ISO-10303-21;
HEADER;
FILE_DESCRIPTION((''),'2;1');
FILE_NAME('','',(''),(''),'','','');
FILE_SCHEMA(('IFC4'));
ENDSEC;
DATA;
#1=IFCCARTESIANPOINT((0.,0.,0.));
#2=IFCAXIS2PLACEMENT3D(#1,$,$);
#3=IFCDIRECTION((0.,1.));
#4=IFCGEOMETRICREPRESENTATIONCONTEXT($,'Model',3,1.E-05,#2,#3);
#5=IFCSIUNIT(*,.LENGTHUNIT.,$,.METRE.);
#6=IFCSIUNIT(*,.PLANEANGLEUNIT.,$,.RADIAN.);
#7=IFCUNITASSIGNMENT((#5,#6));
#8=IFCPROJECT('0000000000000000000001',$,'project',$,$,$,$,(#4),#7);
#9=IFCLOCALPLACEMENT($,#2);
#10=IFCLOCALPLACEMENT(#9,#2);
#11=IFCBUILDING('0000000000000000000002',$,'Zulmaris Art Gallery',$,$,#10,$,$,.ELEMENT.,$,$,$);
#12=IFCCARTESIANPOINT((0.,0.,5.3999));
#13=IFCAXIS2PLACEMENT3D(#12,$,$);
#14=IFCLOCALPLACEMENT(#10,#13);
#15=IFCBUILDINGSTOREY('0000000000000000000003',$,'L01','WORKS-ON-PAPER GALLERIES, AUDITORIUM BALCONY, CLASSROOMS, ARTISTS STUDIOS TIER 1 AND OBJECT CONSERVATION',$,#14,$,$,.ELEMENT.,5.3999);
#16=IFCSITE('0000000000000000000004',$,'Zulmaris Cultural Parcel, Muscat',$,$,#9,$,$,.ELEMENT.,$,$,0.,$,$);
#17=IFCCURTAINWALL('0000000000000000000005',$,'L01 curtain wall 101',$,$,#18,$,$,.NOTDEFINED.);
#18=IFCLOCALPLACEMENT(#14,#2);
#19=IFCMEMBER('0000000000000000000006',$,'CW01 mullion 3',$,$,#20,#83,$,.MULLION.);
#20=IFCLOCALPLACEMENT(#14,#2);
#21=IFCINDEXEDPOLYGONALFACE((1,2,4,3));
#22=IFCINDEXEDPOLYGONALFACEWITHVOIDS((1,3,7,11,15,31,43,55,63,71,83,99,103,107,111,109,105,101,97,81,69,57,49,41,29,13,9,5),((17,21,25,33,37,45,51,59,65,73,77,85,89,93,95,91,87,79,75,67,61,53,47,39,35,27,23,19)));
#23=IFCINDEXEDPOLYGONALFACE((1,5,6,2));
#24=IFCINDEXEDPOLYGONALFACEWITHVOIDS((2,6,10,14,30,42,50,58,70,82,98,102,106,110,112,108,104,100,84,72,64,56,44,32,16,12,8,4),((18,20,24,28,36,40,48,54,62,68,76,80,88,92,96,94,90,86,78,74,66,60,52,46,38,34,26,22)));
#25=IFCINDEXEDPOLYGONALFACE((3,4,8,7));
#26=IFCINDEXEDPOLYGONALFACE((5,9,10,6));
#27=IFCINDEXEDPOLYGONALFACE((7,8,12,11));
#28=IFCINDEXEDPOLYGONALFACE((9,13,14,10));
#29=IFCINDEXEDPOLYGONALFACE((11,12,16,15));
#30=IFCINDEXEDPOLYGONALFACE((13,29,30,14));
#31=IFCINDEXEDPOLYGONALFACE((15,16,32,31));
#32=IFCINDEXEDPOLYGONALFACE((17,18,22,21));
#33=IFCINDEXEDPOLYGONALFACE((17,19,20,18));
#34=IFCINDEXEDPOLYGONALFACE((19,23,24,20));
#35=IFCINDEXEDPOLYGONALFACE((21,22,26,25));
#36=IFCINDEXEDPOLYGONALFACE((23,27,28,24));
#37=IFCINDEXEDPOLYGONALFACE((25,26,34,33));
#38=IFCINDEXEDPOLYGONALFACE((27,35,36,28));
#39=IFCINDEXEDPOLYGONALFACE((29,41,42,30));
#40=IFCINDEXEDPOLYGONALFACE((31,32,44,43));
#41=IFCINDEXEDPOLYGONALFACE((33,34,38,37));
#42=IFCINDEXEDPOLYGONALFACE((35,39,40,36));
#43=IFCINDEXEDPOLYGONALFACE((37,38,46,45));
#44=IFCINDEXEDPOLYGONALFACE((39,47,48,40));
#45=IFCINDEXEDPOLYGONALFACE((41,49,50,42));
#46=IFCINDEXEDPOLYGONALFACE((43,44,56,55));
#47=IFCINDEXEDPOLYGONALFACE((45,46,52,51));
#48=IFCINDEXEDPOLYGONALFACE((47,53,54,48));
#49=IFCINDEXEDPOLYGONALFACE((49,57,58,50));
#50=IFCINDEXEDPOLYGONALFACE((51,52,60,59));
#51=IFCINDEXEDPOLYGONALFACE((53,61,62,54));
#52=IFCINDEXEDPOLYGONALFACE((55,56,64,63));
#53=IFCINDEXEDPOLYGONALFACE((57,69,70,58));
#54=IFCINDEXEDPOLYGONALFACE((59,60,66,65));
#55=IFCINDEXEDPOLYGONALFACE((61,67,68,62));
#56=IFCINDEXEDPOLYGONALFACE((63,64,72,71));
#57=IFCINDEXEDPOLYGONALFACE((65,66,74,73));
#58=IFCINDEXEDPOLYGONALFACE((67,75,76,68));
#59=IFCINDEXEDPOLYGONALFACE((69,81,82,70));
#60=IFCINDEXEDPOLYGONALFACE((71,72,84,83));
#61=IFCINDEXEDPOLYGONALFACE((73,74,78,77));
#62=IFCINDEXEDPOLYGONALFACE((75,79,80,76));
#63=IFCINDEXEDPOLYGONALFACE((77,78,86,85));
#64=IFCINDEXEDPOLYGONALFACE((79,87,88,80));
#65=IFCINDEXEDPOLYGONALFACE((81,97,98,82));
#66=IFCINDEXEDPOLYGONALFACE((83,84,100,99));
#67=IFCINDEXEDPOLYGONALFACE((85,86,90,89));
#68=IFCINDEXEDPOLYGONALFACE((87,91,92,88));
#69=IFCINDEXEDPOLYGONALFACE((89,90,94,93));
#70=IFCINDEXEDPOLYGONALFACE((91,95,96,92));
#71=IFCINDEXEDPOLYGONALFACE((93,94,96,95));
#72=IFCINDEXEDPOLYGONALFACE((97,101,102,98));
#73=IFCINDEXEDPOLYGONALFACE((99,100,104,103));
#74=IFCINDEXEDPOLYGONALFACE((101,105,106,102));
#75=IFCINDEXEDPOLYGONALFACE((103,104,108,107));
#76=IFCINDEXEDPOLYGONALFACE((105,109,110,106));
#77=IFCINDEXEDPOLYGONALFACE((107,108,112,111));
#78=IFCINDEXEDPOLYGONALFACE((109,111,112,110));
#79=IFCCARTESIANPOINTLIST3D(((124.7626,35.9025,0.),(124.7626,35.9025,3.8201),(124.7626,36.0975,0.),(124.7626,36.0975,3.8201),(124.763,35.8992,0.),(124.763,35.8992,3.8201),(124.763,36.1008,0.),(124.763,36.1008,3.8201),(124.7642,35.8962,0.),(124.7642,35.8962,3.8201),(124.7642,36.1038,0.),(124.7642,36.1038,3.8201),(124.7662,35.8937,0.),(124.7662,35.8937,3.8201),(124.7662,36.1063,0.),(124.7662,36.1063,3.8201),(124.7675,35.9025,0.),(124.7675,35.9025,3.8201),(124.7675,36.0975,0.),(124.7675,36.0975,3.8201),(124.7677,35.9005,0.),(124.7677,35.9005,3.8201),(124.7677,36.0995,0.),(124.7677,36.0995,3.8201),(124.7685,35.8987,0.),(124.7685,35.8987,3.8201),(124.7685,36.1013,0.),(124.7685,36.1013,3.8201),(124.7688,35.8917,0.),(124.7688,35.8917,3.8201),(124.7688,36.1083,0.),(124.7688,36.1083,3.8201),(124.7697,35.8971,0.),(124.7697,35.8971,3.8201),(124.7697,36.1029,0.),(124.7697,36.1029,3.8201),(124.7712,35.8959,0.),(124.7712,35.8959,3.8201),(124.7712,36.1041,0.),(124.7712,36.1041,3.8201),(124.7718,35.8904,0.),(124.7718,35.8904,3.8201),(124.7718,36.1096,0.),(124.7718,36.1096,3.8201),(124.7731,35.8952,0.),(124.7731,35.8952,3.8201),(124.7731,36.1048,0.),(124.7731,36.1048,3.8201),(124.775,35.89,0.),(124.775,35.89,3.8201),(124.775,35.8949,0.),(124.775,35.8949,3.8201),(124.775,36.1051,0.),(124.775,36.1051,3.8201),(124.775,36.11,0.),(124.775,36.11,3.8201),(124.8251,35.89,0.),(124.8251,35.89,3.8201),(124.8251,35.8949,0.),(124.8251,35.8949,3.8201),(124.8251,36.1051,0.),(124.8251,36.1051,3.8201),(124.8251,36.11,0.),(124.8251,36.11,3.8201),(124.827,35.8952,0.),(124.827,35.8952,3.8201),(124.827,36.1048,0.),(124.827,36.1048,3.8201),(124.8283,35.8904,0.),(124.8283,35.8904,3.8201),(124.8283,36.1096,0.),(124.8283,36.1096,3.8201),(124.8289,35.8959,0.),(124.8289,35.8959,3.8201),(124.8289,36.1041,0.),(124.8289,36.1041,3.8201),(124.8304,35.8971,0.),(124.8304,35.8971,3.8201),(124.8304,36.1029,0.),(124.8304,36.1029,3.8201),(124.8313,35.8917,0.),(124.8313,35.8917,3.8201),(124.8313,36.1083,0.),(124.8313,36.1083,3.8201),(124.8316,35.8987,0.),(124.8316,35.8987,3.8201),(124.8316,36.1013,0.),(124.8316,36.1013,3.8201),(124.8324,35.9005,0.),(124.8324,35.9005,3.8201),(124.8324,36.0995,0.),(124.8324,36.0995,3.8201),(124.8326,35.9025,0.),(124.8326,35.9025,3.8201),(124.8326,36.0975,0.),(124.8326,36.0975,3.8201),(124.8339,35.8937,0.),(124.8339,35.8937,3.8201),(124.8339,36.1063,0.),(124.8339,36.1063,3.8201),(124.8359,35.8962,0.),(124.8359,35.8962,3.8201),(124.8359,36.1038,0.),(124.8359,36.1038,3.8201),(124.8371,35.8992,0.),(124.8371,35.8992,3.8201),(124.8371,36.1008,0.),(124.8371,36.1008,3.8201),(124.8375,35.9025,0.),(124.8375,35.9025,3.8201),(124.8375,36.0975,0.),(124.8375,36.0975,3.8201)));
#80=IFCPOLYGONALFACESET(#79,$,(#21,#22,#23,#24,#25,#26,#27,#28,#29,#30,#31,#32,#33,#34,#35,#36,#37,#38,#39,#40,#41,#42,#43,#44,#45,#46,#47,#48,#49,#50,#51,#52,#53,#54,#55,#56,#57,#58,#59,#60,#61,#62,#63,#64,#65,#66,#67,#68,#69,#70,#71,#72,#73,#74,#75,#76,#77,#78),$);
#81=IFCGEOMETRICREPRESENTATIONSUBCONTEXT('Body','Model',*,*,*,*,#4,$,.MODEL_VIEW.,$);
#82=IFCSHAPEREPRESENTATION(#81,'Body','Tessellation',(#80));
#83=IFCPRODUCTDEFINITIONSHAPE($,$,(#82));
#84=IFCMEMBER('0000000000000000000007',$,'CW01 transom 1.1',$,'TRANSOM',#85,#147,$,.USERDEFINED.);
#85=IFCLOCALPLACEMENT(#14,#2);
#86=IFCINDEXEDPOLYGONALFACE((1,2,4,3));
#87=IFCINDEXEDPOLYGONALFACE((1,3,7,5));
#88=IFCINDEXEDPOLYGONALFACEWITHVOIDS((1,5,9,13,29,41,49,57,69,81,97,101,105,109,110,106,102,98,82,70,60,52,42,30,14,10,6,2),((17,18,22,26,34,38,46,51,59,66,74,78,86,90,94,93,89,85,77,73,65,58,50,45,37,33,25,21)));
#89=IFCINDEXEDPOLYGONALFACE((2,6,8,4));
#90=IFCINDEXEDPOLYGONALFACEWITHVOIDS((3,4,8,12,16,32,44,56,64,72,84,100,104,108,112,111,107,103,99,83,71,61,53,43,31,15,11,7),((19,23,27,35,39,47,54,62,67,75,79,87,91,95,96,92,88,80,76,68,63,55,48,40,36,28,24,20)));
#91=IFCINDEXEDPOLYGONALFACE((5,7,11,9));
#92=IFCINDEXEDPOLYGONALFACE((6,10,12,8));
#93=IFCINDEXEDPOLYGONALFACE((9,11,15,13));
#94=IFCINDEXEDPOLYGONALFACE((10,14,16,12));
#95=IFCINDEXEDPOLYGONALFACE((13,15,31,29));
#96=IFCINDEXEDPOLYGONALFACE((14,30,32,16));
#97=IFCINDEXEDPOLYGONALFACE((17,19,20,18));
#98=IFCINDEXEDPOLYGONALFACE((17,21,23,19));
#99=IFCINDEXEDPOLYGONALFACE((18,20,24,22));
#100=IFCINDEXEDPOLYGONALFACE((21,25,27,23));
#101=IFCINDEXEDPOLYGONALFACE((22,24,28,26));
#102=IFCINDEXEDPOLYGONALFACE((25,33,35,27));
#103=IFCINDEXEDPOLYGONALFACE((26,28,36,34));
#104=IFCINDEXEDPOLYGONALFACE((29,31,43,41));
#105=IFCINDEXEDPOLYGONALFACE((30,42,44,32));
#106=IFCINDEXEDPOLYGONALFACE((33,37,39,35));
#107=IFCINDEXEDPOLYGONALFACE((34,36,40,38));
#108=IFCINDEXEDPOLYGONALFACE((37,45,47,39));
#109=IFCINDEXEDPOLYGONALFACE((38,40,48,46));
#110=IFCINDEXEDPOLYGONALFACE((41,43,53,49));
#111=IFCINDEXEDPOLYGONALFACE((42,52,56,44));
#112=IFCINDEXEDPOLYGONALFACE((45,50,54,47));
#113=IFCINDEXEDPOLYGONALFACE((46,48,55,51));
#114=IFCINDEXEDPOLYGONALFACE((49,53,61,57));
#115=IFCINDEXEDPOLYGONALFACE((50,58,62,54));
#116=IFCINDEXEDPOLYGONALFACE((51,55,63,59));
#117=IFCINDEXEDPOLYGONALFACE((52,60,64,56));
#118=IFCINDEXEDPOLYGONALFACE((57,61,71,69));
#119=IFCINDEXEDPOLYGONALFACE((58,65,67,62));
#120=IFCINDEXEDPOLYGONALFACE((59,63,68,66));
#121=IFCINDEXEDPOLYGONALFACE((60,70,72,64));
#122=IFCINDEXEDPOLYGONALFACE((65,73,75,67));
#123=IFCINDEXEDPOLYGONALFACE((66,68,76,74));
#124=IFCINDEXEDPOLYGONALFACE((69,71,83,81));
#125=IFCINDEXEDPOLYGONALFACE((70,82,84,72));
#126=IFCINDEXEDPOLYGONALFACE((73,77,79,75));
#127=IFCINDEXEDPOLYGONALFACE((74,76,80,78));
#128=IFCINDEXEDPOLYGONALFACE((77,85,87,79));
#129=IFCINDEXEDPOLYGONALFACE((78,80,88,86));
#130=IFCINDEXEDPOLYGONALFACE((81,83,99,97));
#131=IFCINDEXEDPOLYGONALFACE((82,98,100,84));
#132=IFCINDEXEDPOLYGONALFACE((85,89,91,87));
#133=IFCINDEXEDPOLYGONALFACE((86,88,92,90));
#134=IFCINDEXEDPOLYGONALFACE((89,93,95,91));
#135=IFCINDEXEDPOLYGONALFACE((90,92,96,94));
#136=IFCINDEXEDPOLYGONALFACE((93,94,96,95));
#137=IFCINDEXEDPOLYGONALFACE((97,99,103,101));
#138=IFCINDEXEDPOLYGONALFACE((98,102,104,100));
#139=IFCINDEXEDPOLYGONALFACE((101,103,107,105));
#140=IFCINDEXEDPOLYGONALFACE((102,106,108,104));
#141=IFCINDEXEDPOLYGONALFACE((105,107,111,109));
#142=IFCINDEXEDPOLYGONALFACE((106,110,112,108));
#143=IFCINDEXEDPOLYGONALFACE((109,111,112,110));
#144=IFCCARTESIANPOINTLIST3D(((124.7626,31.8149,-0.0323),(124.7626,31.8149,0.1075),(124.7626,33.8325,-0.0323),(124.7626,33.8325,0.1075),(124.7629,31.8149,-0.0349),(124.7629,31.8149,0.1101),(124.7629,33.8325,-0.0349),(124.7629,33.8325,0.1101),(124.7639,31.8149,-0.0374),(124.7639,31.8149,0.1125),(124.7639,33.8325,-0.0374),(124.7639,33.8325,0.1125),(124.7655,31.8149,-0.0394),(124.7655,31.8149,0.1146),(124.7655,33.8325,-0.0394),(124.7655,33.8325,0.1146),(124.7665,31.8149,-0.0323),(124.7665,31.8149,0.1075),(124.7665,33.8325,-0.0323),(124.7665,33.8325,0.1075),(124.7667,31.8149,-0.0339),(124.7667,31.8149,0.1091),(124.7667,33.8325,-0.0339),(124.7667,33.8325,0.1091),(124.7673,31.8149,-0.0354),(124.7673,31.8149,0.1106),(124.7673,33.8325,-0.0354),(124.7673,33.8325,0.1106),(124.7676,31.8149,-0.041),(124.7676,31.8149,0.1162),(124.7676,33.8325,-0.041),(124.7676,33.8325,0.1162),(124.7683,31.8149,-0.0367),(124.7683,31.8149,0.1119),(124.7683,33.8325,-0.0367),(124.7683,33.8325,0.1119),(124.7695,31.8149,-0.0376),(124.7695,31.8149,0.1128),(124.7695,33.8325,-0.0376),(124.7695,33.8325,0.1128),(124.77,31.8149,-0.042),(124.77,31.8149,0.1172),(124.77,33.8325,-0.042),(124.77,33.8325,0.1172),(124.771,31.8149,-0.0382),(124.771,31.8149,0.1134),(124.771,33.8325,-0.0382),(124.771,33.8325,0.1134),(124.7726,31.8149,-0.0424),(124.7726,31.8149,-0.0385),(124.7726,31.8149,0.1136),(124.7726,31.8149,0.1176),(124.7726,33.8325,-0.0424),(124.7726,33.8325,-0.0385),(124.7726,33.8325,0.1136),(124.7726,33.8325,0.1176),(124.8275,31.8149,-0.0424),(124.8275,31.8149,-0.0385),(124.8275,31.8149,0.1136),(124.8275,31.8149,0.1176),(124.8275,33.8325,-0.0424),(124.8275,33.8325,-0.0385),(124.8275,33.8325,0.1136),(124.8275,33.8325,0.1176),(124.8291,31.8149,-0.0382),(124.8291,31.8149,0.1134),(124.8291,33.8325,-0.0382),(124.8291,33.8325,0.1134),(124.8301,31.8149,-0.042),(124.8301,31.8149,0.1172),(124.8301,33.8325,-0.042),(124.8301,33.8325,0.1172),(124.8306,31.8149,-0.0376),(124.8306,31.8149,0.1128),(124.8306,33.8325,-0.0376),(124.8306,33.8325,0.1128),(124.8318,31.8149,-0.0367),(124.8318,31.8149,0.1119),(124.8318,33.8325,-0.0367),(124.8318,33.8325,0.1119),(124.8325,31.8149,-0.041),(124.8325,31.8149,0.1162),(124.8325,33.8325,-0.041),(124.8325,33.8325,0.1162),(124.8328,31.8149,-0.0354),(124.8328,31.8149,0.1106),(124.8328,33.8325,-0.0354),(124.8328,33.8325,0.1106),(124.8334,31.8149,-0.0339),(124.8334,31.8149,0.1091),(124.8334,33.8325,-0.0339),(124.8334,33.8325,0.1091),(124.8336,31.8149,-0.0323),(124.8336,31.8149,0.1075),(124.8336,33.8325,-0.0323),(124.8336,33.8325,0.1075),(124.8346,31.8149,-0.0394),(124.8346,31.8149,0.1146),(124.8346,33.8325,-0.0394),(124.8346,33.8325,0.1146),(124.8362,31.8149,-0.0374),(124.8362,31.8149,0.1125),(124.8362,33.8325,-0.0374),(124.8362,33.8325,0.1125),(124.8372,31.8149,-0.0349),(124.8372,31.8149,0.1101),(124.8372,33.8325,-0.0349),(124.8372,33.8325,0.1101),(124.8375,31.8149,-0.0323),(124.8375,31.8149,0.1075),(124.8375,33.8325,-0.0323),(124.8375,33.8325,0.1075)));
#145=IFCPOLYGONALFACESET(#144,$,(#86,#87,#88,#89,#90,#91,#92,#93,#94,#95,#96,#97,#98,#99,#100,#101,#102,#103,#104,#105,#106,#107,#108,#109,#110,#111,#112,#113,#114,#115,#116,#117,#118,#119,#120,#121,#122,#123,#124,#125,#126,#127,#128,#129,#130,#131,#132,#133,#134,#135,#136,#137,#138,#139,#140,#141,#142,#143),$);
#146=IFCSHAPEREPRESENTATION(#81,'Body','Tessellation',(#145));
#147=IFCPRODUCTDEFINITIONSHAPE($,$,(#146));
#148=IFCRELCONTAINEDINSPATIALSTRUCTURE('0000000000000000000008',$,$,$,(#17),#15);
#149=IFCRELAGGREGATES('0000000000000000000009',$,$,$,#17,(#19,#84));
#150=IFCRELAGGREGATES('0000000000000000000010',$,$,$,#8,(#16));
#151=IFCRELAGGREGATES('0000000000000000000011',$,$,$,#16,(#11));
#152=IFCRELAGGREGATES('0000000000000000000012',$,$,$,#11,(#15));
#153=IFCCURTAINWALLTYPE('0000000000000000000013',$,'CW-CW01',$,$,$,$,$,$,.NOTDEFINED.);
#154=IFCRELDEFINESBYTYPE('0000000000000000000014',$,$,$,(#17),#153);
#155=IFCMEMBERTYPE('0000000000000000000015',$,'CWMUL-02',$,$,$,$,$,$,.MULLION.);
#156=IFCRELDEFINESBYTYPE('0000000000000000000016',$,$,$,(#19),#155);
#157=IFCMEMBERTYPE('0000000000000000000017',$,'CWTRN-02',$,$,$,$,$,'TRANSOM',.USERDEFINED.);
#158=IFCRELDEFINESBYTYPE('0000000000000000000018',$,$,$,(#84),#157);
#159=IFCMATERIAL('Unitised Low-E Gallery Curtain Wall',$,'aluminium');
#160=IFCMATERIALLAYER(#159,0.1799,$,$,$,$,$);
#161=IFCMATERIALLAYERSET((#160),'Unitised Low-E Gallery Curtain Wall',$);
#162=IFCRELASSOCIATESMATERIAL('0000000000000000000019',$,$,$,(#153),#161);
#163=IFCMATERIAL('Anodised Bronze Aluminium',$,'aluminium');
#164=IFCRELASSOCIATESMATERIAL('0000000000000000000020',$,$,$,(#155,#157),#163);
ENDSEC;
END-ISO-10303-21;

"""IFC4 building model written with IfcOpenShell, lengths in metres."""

from ifc_helpers import new_model, si_unit, direction, frame, origin, origin_2d, place, context, subcontext, project, spatial, hollow_rectangle, extrude, material, layer, layer_set, material_profile, profile_set, type_object, element, aggregate, save


model = new_model("IFC4")

# Units and contexts
model_context = context("Model", 3, precision=1e-05, world=origin(), true_north=direction((0.0, 1.0)))
body_context = subcontext(model_context, "Body", "Model", "MODEL_VIEW")
ifc_project = project(units=[si_unit("LENGTHUNIT", "METRE"), si_unit("PLANEANGLEUNIT", "RADIAN")], contexts=[model_context])

# Site, building, storey
site_placement = place(None, origin())
site = spatial("IfcSite", under=ifc_project, at=site_placement, Name="Zulmaris Cultural Parcel, Muscat", CompositionType="ELEMENT", RefElevation=0.0)
building_placement = place(site_placement, origin())
building = spatial("IfcBuilding", under=site, at=building_placement, Name="Zulmaris Art Gallery", CompositionType="ELEMENT")
storey_placement = place(building_placement, frame((0.0, 0.0, 5.3999)))
storey = spatial("IfcBuildingStorey", under=building, at=storey_placement, Name="L01", Description="WORKS-ON-PAPER GALLERIES, AUDITORIUM BALCONY, CLASSROOMS, ARTISTS STUDIOS TIER 1 AND OBJECT CONSERVATION", CompositionType="ELEMENT", Elevation=5.3999)

# Curtain wall, members
ifc_material_1 = material(Name="Unitised Low-E Gallery Curtain Wall", Category="aluminium")
ifc_layer_1 = layer(ifc_material_1, 0.1799)
ifc_layer_set_1 = layer_set([ifc_layer_1], Name="Unitised Low-E Gallery Curtain Wall")
curtain_wall_type = type_object("IfcCurtainWallType", Name="CW-CW01", PredefinedType="NOTDEFINED", material=ifc_layer_set_1)
curtain_wall_placement = place(storey_placement, origin())
curtain_wall = element("IfcCurtainWall", 1, at=curtain_wall_placement, inside=storey, type_object=curtain_wall_type, Name="L01 curtain wall 101", PredefinedType="NOTDEFINED")
ifc_material_2 = material(Name="Anodised Bronze Aluminium", Category="aluminium")
ifc_material_profile_1 = material_profile(ifc_material_2, hollow_rectangle(XDim=0.075, YDim=0.22, WallThickness=0.0049, InnerFilletRadius=0.0076, OuterFilletRadius=0.0125, at=origin_2d()), Name="ALU 75x220x5")
ifc_profile_set_1 = profile_set([ifc_material_profile_1], Name="Anodised Bronze Aluminium")
member_type_1 = type_object("IfcMemberType", Name="CWMUL-02", PredefinedType="MULLION", material=ifc_profile_set_1)
member_1_placement = place(storey_placement, frame((124.8, 36.0, 0.0), z_axis=(0.0, 0.0, 1.0), x_axis=(-1.0, 0.0, 0.0)))
member_1 = element("IfcMember", 2, at=member_1_placement, type_object=member_type_1, Name="CW01 mullion 3", PredefinedType="MULLION", context=body_context, shape_type="SweptSolid", body=[
    extrude(hollow_rectangle(XDim=0.075, YDim=0.22, WallThickness=0.0049, InnerFilletRadius=0.0076, OuterFilletRadius=0.0125, at=origin_2d()), origin(), (0.0, 0.0, 1.0), 3.8201),
])
ifc_material_profile_2 = material_profile(ifc_material_2, hollow_rectangle(XDim=0.075, YDim=0.1599, WallThickness=0.0039, InnerFilletRadius=0.0061, OuterFilletRadius=0.01, at=origin_2d()), Name="ALU 75x160x4")
ifc_profile_set_2 = profile_set([ifc_material_profile_2], Name="Anodised Bronze Aluminium")
member_type_2 = type_object("IfcMemberType", Name="CWTRN-02", ElementType="TRANSOM", PredefinedType="USERDEFINED", material=ifc_profile_set_2)
member_2_placement = place(storey_placement, frame((124.8, 31.8149, 0.0376), z_axis=(0.0, 1.0, 0.0), x_axis=(-1.0, 0.0, 0.0)))
member_2 = element("IfcMember", 3, at=member_2_placement, type_object=member_type_2, Name="CW01 transom 1.1", ObjectType="TRANSOM", PredefinedType="USERDEFINED", context=body_context, shape_type="SweptSolid", body=[
    extrude(hollow_rectangle(XDim=0.075, YDim=0.1599, WallThickness=0.0039, InnerFilletRadius=0.0061, OuterFilletRadius=0.01, at=origin_2d()), origin(), (0.0, 0.0, 1.0), 2.0176),
])
aggregate(curtain_wall, [member_1, member_2])

save(model, "model.ifc")
